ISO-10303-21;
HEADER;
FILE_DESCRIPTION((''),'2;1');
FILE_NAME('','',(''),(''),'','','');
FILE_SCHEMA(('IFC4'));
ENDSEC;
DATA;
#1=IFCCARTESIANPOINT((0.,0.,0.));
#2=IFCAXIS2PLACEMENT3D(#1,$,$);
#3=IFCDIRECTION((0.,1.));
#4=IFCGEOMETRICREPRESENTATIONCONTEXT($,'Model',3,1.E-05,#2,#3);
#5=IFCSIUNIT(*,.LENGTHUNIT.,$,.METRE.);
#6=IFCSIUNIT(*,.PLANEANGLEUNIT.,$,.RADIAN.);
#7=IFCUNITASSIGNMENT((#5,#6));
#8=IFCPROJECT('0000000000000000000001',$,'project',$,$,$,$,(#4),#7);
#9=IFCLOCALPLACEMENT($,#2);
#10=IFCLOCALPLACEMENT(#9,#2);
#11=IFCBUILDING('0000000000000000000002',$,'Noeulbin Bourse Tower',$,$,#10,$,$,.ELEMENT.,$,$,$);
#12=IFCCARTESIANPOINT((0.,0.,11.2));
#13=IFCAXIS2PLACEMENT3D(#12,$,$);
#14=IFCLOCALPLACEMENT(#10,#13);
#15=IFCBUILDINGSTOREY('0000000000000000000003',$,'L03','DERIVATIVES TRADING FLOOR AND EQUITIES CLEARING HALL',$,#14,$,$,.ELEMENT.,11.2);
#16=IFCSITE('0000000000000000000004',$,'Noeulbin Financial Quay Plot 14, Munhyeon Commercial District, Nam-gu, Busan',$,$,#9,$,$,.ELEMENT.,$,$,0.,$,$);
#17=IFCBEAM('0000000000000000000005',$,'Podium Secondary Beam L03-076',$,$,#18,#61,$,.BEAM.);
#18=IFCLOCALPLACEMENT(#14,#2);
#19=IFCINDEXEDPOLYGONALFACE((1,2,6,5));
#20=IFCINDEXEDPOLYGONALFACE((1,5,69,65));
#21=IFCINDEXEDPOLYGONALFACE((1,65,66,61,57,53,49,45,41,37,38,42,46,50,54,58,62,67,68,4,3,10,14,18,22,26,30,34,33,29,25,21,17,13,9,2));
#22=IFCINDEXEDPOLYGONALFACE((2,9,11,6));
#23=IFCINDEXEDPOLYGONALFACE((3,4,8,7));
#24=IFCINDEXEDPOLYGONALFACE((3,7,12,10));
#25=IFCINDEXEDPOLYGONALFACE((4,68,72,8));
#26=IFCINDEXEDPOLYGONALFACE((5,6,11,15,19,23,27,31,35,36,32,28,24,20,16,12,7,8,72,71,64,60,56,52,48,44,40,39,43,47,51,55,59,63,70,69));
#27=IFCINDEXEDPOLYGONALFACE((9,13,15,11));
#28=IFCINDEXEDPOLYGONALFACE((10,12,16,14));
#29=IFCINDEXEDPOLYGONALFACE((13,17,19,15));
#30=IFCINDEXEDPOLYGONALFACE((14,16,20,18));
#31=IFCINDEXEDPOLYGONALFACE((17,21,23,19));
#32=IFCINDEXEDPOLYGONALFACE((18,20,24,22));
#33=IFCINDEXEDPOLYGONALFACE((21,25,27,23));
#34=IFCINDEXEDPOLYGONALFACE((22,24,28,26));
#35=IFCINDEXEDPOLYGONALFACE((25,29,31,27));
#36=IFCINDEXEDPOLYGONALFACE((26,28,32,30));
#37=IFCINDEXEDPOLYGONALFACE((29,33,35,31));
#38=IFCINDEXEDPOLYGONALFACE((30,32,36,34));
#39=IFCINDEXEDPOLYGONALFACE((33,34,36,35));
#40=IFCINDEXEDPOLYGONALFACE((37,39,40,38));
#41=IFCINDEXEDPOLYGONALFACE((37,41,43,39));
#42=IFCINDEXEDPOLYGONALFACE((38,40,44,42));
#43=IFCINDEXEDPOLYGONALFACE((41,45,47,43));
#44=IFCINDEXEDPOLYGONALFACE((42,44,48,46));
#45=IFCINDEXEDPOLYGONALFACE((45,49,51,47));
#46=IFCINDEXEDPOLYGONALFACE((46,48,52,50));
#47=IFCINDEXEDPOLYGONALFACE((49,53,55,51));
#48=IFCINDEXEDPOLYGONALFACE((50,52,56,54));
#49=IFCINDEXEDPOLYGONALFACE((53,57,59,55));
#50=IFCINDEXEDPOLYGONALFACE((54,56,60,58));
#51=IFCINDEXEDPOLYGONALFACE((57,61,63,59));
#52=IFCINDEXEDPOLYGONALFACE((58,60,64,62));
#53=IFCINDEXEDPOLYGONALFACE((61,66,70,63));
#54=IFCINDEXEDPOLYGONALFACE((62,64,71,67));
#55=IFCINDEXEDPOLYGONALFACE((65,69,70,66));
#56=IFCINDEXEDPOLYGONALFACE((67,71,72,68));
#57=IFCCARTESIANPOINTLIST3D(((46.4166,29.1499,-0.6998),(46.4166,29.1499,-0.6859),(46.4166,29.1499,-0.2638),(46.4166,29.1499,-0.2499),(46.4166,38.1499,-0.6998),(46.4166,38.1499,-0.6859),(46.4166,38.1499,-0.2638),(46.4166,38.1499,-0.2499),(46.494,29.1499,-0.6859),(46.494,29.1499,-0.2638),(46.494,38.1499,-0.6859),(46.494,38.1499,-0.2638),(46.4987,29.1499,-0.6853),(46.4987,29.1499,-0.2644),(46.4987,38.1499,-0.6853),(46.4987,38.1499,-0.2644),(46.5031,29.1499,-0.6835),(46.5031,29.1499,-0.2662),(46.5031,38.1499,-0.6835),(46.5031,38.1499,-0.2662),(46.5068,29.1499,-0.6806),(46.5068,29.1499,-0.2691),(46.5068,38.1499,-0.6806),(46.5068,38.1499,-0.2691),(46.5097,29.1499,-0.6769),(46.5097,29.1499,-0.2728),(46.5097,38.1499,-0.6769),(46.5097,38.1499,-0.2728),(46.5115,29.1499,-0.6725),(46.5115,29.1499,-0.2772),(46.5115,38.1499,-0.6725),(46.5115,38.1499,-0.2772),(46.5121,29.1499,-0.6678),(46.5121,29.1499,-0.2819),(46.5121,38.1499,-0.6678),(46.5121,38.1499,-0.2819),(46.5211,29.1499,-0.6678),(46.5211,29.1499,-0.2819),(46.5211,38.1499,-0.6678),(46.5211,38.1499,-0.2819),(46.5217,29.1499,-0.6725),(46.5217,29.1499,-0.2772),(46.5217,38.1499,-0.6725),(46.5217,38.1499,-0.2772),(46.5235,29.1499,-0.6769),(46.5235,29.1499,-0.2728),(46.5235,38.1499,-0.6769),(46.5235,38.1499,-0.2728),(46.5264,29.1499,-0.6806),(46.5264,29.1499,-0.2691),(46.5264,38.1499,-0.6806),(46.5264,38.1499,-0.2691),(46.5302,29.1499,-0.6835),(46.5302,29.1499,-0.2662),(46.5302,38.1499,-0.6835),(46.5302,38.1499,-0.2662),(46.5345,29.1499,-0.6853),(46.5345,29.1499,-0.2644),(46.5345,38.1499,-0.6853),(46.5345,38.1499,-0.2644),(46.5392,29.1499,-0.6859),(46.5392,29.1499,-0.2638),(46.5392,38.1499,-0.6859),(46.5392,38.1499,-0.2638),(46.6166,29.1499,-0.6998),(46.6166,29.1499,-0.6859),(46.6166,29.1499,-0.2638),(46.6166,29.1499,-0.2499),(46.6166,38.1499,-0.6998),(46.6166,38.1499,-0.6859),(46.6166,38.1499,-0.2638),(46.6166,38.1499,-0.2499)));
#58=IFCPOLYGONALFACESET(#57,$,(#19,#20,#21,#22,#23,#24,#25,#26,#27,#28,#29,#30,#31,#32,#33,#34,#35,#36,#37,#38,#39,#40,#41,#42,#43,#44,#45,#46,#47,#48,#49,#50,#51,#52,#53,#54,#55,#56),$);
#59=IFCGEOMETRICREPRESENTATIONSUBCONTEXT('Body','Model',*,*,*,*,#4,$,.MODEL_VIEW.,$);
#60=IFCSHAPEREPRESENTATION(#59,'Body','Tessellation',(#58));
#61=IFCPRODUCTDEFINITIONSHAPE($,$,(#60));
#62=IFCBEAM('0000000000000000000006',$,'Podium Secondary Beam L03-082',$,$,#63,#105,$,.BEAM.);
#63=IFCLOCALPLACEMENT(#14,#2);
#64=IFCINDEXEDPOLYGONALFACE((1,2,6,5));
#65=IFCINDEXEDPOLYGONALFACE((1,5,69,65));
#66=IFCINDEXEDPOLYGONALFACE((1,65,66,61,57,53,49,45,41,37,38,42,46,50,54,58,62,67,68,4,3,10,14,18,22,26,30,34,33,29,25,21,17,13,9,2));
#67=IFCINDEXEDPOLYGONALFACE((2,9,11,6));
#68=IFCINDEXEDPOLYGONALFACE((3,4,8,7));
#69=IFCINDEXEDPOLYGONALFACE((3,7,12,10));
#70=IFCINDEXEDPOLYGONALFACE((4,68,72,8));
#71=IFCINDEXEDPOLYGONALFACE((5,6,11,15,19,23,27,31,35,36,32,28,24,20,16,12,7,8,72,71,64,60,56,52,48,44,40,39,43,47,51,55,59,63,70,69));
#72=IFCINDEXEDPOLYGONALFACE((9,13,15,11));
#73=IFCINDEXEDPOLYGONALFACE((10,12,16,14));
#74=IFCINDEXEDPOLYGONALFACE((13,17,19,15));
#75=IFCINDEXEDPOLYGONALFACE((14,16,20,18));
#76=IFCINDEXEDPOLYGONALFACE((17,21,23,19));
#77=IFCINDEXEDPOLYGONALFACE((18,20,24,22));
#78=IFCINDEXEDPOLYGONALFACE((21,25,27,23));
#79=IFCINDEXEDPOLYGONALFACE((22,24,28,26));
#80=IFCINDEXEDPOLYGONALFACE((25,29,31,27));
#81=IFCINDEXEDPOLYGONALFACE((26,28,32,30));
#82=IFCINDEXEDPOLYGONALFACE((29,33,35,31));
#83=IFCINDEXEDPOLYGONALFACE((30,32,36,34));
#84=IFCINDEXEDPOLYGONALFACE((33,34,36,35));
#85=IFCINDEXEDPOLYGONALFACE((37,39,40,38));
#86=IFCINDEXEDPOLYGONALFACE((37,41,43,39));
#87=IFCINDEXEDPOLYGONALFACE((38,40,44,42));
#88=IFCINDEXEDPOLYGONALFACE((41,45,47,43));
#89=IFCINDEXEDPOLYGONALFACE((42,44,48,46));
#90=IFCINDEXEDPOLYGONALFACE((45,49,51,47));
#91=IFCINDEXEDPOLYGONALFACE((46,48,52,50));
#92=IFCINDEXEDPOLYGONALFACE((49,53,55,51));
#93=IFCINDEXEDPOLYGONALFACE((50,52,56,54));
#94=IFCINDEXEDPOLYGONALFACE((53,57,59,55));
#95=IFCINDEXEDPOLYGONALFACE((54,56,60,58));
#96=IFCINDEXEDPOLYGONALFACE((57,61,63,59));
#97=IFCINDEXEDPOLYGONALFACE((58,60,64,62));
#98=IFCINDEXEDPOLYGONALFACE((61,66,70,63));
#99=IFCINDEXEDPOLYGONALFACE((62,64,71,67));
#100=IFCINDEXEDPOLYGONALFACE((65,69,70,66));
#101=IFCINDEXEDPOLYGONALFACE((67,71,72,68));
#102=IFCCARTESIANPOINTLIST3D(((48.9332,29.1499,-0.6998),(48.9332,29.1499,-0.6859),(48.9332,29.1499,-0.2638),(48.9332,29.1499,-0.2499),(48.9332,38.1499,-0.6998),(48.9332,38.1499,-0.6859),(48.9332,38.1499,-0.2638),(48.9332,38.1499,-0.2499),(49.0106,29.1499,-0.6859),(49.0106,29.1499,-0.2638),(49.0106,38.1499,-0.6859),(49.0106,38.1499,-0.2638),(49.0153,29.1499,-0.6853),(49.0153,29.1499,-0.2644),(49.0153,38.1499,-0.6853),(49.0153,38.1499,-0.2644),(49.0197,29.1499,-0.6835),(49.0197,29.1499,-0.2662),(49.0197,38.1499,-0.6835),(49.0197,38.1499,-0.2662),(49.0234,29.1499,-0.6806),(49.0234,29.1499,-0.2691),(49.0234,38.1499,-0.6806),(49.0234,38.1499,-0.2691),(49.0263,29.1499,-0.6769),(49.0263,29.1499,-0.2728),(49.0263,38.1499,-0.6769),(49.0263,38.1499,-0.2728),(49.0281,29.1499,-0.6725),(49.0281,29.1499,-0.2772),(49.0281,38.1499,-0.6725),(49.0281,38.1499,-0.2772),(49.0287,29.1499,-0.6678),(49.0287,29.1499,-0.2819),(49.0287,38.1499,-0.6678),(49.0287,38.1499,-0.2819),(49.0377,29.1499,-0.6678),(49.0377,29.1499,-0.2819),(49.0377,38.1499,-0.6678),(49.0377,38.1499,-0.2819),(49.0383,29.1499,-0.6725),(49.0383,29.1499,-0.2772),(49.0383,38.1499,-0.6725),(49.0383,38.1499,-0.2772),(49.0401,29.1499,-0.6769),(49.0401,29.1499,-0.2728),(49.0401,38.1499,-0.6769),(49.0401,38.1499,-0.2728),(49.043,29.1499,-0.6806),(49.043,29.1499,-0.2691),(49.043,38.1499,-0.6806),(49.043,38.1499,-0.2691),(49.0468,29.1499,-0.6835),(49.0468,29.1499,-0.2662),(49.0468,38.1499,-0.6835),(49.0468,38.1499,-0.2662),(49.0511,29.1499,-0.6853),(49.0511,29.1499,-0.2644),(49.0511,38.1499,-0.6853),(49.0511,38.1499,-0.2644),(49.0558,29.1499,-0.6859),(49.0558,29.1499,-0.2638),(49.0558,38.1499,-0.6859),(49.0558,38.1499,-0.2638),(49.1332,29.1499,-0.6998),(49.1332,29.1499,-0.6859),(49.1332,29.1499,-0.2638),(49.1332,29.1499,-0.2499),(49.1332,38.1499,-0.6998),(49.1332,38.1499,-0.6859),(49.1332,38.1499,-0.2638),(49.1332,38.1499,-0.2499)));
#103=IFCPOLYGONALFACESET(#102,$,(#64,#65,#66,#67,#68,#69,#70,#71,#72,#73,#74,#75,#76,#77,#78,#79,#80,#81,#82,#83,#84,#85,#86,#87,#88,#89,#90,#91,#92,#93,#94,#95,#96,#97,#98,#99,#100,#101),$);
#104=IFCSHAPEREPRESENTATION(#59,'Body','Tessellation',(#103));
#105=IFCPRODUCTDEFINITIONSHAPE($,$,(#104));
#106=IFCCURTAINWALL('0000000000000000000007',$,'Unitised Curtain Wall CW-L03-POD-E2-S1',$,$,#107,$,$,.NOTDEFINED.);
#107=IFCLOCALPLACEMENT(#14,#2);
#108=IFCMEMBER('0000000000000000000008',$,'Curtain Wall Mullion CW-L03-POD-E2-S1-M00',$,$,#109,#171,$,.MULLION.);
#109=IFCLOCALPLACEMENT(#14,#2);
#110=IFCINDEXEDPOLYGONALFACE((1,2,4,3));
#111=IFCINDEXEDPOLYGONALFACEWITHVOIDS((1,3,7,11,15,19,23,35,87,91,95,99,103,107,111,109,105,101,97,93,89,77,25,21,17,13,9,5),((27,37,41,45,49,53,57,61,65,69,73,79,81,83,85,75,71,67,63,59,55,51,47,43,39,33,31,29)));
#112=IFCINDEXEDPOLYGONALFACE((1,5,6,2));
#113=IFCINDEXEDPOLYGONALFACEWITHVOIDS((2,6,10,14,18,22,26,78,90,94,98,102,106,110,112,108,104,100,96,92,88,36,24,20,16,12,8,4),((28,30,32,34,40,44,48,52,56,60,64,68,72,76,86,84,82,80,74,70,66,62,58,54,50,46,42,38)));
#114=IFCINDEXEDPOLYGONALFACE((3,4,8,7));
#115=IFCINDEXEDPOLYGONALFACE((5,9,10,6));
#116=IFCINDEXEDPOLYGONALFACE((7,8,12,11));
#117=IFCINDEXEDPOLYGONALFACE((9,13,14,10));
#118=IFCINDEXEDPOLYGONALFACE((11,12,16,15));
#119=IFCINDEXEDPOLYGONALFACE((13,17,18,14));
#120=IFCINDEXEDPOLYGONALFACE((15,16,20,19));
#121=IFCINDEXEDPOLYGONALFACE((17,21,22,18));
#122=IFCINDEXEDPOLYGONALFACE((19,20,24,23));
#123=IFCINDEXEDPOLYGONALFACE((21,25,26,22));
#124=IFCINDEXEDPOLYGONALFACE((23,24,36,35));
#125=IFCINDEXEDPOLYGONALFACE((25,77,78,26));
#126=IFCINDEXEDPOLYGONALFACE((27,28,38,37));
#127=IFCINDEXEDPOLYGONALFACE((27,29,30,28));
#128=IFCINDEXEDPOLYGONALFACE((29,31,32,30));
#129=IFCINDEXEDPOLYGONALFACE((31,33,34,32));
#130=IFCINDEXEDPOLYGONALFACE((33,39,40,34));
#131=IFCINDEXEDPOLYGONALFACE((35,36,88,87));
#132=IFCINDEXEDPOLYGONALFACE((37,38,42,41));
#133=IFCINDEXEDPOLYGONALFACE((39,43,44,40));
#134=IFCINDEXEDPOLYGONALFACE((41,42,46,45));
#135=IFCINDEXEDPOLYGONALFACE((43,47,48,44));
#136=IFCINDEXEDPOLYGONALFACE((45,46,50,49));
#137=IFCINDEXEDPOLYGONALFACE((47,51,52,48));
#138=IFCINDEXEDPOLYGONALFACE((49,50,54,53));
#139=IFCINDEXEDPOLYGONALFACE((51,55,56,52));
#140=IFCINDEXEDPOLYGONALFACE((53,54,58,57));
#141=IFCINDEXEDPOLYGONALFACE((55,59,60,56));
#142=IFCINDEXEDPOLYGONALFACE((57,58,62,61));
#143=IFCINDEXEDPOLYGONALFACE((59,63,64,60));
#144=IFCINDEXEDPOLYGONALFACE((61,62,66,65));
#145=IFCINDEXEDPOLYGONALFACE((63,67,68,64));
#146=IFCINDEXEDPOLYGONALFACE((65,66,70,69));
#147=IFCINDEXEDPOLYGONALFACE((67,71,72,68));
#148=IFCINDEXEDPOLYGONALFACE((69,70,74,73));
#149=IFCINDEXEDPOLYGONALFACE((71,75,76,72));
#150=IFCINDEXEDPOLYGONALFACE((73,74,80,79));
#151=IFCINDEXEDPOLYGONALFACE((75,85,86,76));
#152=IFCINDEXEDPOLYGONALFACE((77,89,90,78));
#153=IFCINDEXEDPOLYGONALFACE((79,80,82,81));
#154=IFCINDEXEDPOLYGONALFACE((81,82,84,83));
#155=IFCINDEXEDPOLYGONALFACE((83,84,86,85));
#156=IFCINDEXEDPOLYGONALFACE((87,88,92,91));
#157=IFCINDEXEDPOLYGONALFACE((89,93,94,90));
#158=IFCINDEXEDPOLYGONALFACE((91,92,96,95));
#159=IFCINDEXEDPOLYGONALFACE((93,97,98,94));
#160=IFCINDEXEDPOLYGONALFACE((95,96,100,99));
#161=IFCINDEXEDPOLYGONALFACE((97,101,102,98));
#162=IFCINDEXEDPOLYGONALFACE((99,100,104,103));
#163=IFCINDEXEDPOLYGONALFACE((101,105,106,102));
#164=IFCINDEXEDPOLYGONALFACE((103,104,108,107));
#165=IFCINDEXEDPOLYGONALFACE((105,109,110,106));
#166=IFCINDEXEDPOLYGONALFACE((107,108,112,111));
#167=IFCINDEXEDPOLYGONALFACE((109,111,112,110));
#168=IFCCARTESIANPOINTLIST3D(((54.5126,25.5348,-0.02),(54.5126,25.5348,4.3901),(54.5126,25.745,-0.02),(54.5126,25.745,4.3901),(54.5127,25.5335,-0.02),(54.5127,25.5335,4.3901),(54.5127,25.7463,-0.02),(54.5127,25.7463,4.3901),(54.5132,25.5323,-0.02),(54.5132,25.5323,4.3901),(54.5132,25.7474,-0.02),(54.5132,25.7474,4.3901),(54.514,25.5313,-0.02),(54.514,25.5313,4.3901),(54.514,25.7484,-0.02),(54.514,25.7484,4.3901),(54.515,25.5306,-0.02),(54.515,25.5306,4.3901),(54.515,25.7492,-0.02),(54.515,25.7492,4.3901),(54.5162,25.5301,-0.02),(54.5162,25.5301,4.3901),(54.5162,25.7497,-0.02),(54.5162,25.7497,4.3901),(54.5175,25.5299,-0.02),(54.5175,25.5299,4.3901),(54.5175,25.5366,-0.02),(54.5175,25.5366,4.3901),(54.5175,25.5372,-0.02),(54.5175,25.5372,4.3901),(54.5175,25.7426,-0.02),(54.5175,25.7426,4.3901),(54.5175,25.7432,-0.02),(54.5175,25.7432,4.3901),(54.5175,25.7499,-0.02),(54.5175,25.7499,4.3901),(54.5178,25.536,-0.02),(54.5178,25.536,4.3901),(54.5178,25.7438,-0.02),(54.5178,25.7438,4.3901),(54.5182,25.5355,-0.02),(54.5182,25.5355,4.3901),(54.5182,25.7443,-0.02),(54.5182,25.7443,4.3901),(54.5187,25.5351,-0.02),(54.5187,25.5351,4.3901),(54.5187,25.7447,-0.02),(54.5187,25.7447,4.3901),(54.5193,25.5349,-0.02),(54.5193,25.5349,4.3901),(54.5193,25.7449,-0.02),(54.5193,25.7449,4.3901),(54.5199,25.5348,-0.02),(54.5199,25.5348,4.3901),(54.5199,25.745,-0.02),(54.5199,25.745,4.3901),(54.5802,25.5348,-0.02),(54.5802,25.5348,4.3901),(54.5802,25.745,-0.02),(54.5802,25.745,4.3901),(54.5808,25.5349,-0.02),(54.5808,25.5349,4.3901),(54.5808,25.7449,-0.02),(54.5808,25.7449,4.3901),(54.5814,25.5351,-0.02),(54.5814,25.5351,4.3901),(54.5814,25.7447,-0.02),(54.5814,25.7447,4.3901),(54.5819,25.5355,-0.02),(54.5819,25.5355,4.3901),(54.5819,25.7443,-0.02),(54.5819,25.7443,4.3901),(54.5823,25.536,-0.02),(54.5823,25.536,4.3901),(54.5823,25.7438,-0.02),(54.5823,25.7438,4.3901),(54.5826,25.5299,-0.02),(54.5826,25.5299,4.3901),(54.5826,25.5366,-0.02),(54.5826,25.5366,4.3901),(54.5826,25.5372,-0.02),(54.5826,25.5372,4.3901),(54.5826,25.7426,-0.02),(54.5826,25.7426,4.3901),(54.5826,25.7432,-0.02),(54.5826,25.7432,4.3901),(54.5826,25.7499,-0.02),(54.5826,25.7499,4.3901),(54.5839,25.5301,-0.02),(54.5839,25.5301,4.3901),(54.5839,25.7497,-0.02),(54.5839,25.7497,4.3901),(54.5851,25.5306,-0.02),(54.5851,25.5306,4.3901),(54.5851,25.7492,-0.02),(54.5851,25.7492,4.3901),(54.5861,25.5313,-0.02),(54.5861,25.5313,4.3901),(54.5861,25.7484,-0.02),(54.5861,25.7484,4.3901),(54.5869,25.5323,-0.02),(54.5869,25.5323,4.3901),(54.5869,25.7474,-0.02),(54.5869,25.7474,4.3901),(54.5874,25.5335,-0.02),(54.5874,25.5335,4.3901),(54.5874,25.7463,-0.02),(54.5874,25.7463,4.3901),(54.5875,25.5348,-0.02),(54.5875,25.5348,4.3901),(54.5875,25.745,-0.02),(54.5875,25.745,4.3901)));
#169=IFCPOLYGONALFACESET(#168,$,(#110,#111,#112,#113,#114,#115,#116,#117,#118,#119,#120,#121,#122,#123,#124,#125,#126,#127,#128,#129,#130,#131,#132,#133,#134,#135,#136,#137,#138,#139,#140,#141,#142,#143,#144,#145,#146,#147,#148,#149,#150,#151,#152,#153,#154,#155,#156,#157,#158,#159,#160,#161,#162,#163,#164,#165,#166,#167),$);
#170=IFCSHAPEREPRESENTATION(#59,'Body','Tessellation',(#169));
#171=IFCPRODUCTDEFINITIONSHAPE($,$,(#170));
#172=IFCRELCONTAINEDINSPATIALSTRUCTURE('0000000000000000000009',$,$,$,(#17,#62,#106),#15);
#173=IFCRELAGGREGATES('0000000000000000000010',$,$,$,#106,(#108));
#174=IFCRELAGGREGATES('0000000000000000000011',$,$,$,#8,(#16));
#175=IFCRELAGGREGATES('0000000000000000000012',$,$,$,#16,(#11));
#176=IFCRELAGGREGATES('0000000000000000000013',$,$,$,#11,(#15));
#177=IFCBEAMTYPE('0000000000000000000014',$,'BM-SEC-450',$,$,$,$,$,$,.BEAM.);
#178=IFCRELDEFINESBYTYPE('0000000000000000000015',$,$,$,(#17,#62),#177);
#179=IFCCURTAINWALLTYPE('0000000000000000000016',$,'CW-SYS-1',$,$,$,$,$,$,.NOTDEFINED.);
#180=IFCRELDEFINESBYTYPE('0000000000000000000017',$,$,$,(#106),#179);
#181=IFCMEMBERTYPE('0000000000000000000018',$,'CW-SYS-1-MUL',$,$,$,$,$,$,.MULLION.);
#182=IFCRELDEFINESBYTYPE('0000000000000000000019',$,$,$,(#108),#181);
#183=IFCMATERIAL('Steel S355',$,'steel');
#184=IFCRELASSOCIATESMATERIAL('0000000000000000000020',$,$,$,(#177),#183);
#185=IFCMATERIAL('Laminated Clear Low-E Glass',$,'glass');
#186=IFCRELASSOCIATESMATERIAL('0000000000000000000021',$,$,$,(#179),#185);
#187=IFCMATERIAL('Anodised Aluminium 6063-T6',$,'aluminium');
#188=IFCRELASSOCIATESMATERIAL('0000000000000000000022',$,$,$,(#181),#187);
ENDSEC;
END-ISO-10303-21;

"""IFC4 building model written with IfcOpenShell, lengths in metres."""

from ifc_helpers import new_model, si_unit, direction, frame, origin, origin_2d, place, context, subcontext, project, spatial, hollow_rectangle, i_section, extrude, material, material_profile, profile_set, type_object, element, aggregate, save


model = new_model("IFC4")

# Units and contexts
model_context = context("Model", 3, precision=1e-05, world=origin(), true_north=direction((0.0, 1.0)))
body_context = subcontext(model_context, "Body", "Model", "MODEL_VIEW")
ifc_project = project(units=[si_unit("LENGTHUNIT", "METRE"), si_unit("PLANEANGLEUNIT", "RADIAN")], contexts=[model_context])

# Site, building, storey
site_placement = place(None, origin())
site = spatial("IfcSite", under=ifc_project, at=site_placement, Name="Noeulbin Financial Quay Plot 14, Munhyeon Commercial District, Nam-gu, Busan", CompositionType="ELEMENT", RefElevation=0.0)
building_placement = place(site_placement, origin())
building = spatial("IfcBuilding", under=site, at=building_placement, Name="Noeulbin Bourse Tower", CompositionType="ELEMENT")
storey_placement = place(building_placement, frame((0.0, 0.0, 11.2)))
storey = spatial("IfcBuildingStorey", under=building, at=storey_placement, Name="L03", Description="DERIVATIVES TRADING FLOOR AND EQUITIES CLEARING HALL", CompositionType="ELEMENT", Elevation=11.2)

# Beams
ifc_material_1 = material(Name="Steel S355", Category="steel")
ifc_material_profile_1 = material_profile(ifc_material_1, i_section(OverallWidth=0.2, OverallDepth=0.45, WebThickness=0.009, FlangeThickness=0.0139, FilletRadius=0.0181, at=origin_2d()), Name="H-450x200x9x14", Category="LoadBearing")
ifc_profile_set_1 = profile_set([ifc_material_profile_1], Name="Steel S355")
beam_type_1 = type_object("IfcBeamType", Name="BM-SEC-450", PredefinedType="BEAM", material=ifc_profile_set_1)
for number, where, z_axis, x_axis, name in (
    (1, (46.5166, 29.1499, -0.4749), (0.0, 1.0, 0.0), (-1.0, 0.0, 0.0), "Podium Secondary Beam L03-076"),
    (2, (49.0332, 29.1499, -0.4749), (0.0, 1.0, 0.0), (-1.0, 0.0, 0.0), "Podium Secondary Beam L03-082"),
):
    element("IfcBeam", number, at=place(storey_placement, frame(where, z_axis=z_axis, x_axis=x_axis)), inside=storey, type_object=beam_type_1, Name=name, PredefinedType="BEAM", context=body_context, shape_type="SweptSolid", body=[
        extrude(i_section(OverallWidth=0.2, OverallDepth=0.45, WebThickness=0.009, FlangeThickness=0.0139, FilletRadius=0.0181, at=origin_2d()), origin(), (0.0, 0.0, 1.0), 9.0),
    ])

# Curtain wall, member
ifc_material_2 = material(Name="Laminated Clear Low-E Glass", Category="glass")
curtain_wall_type = type_object("IfcCurtainWallType", Name="CW-SYS-1", PredefinedType="NOTDEFINED", material=ifc_material_2)
curtain_wall_1_placement = place(storey_placement, origin())
curtain_wall_1 = element("IfcCurtainWall", 3, at=curtain_wall_1_placement, inside=storey, type_object=curtain_wall_type, Name="Unitised Curtain Wall CW-L03-POD-E2-S1", PredefinedType="NOTDEFINED")
ifc_material_3 = material(Name="Anodised Aluminium 6063-T6", Category="aluminium")
ifc_material_profile_2 = material_profile(ifc_material_3, hollow_rectangle(XDim=0.075, YDim=0.22, WallThickness=0.0049, InnerFilletRadius=0.0024, OuterFilletRadius=0.0049, at=origin_2d()), Name="ALU-MULL-75x220x5", Category="LoadBearing")
ifc_profile_set_2 = profile_set([ifc_material_profile_2], Name="Anodised Aluminium 6063-T6")
member_type_1 = type_object("IfcMemberType", Name="CW-SYS-1-MUL", PredefinedType="MULLION", material=ifc_profile_set_2)
member_1_placement = place(storey_placement, frame((54.55, 25.6399, -0.02), z_axis=(0.0, 0.0, 1.0), x_axis=(1.0, 0.0, 0.0)))
member_1 = element("IfcMember", 4, at=member_1_placement, type_object=member_type_1, Name="Curtain Wall Mullion CW-L03-POD-E2-S1-M00", PredefinedType="MULLION", context=body_context, shape_type="SweptSolid", body=[
    extrude(hollow_rectangle(XDim=0.075, YDim=0.22, WallThickness=0.0049, InnerFilletRadius=0.0024, OuterFilletRadius=0.0049, at=origin_2d()), origin(), (0.0, 0.0, 1.0), 4.4102),
])

aggregate(curtain_wall_1, [member_1])

save(model, "model.ifc")
